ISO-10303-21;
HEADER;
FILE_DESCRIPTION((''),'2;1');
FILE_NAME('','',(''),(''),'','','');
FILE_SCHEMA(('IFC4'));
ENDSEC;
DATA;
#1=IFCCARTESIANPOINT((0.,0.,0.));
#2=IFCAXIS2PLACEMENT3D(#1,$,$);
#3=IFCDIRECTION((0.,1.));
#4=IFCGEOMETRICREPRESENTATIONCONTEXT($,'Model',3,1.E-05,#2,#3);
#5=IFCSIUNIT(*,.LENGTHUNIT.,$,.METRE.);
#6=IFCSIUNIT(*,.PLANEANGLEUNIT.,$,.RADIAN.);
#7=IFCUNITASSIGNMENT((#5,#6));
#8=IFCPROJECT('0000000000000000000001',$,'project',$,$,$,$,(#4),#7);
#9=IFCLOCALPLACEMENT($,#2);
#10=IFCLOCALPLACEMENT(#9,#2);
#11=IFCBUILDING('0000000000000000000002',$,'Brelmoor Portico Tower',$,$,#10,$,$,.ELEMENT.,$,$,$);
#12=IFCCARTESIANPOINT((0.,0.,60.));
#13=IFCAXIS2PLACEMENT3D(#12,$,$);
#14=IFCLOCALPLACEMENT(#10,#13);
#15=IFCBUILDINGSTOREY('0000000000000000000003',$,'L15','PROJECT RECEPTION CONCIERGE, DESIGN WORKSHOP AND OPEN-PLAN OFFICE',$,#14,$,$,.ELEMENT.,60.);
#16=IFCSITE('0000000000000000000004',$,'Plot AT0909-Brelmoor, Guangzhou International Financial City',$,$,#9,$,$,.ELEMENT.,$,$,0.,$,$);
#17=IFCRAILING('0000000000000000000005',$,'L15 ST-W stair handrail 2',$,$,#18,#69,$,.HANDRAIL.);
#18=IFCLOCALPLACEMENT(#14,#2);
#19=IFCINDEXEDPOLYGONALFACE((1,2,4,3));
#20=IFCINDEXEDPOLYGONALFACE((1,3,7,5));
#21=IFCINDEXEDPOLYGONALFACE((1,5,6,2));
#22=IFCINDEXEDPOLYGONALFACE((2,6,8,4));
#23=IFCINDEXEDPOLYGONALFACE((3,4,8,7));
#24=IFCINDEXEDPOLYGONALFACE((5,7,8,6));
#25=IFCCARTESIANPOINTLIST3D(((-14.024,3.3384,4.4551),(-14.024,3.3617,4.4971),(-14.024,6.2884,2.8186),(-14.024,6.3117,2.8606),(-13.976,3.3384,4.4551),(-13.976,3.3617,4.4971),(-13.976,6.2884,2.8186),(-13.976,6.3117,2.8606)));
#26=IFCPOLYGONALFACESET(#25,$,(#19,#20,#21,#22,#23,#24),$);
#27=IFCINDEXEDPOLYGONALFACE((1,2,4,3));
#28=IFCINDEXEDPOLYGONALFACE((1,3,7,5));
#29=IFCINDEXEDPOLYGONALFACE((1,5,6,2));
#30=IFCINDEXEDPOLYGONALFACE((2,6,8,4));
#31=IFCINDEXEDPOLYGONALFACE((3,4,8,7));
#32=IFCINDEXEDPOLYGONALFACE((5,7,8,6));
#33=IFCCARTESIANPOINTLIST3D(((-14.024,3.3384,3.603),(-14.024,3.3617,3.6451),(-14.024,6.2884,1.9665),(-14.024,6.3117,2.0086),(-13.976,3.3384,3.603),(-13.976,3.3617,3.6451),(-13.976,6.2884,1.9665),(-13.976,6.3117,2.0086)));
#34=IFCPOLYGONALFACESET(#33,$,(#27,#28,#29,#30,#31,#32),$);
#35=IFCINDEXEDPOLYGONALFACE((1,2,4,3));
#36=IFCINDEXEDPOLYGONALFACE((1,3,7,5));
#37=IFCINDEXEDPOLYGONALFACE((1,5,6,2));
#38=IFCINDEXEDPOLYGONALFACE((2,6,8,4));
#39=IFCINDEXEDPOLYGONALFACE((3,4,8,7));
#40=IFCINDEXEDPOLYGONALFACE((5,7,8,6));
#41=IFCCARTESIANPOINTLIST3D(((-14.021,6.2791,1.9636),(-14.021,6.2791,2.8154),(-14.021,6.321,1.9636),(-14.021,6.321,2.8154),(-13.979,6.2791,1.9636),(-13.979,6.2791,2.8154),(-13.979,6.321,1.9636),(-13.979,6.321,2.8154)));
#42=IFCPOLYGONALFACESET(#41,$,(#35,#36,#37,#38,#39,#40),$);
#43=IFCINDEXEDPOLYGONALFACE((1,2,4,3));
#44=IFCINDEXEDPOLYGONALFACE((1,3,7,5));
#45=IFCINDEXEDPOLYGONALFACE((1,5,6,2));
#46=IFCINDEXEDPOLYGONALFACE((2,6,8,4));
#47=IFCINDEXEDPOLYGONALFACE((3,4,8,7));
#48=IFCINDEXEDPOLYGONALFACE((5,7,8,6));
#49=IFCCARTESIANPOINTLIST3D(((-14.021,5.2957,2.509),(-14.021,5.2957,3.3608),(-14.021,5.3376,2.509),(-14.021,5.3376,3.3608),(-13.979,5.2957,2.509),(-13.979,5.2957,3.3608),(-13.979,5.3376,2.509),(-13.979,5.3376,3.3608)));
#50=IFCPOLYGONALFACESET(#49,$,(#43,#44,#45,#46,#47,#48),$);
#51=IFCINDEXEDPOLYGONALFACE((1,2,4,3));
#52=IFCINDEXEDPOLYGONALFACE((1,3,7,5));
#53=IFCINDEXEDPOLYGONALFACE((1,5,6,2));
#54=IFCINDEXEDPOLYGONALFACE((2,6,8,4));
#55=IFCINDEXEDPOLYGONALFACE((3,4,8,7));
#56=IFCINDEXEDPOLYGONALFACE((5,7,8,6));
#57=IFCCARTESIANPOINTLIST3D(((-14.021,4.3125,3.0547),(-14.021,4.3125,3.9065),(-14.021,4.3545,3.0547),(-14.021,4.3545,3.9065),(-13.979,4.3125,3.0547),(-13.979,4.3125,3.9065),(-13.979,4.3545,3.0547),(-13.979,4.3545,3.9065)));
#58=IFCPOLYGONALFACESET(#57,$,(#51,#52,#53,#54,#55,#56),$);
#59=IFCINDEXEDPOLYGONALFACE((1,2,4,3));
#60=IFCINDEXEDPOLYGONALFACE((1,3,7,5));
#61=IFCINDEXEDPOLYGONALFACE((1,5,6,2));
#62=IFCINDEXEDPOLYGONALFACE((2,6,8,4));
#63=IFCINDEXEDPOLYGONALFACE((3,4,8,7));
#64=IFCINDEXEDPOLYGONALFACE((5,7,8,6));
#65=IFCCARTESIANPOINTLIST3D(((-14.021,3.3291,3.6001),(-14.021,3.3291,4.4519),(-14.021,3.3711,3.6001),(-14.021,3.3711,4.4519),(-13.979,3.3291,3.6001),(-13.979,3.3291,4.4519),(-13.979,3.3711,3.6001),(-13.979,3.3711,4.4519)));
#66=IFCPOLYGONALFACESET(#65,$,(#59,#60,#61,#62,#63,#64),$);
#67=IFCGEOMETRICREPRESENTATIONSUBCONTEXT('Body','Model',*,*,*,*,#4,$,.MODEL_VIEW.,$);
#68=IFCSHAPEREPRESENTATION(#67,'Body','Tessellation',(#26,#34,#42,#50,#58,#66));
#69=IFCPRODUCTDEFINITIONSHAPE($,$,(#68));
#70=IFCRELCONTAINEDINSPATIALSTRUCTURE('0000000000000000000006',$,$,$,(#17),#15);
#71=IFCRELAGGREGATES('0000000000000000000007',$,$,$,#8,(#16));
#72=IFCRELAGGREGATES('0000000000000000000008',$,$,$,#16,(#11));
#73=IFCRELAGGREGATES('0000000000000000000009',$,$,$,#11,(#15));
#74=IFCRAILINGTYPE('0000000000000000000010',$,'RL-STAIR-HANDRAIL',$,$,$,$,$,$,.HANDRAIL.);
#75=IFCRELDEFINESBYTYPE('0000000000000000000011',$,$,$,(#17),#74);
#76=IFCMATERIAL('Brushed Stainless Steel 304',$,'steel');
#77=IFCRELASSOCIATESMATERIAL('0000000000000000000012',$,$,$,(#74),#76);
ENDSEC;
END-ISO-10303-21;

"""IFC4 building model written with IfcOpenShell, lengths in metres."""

from ifc_helpers import new_model, si_unit, direction, frame, origin, origin_2d, place, context, subcontext, project, spatial, rectangle, extrude, material, type_object, element, save


model = new_model("IFC4")

# Units and contexts
model_context = context("Model", 3, precision=1e-05, world=origin(), true_north=direction((0.0, 1.0)))
body_context = subcontext(model_context, "Body", "Model", "MODEL_VIEW")
ifc_project = project(units=[si_unit("LENGTHUNIT", "METRE"), si_unit("PLANEANGLEUNIT", "RADIAN")], contexts=[model_context])

# Site, building, storey
site_placement = place(None, origin())
site = spatial("IfcSite", under=ifc_project, at=site_placement, Name="Plot AT0909-Brelmoor, Guangzhou International Financial City", CompositionType="ELEMENT", RefElevation=0.0)
building_placement = place(site_placement, origin())
building = spatial("IfcBuilding", under=site, at=building_placement, Name="Brelmoor Portico Tower", CompositionType="ELEMENT")
storey_placement = place(building_placement, frame((0.0, 0.0, 60.0)))
storey = spatial("IfcBuildingStorey", under=building, at=storey_placement, Name="L15", Description="PROJECT RECEPTION CONCIERGE, DESIGN WORKSHOP AND OPEN-PLAN OFFICE", CompositionType="ELEMENT", Elevation=60.0)

# Railing
ifc_material_1 = material(Name="Brushed Stainless Steel 304", Category="steel")
railing_type_1 = type_object("IfcRailingType", Name="RL-STAIR-HANDRAIL", PredefinedType="HANDRAIL", material=ifc_material_1)
railing_1_placement = place(storey_placement, frame((-14.0, 6.3, 1.9636)))
element("IfcRailing", 1, at=railing_1_placement, inside=storey, type_object=railing_type_1, Name="L15 ST-W stair handrail 2", PredefinedType="HANDRAIL", context=body_context, shape_type="SweptSolid", body=[
    extrude(rectangle(XDim=0.0481, YDim=0.0481, at=origin_2d()), frame((0.0, 0.0, 0.876), z_axis=(0.0, -0.874458, 0.485102), x_axis=(1.0, 0.0, 0.0)), (0.0, 0.0, 1.0), 3.3735),
    extrude(rectangle(XDim=0.0481, YDim=0.0481, at=origin_2d()), frame((0.0, 0.0, 0.0239), z_axis=(0.0, -0.874458, 0.485102), x_axis=(1.0, 0.0, 0.0)), (0.0, 0.0, 1.0), 3.3735),
    extrude(rectangle(XDim=0.042, YDim=0.042, at=origin_2d()), origin(), (0.0, 0.0, 1.0), 0.8518),
    extrude(rectangle(XDim=0.042, YDim=0.042, at=origin_2d()), frame((0.0, -0.9834, 0.5454)), (0.0, 0.0, 1.0), 0.8518),
    extrude(rectangle(XDim=0.042, YDim=0.042, at=origin_2d()), frame((0.0, -1.9666, 1.0911)), (0.0, 0.0, 1.0), 0.8518),
    extrude(rectangle(XDim=0.042, YDim=0.042, at=origin_2d()), frame((0.0, -2.95, 1.6365)), (0.0, 0.0, 1.0), 0.8518),
])

save(model, "model.ifc")
